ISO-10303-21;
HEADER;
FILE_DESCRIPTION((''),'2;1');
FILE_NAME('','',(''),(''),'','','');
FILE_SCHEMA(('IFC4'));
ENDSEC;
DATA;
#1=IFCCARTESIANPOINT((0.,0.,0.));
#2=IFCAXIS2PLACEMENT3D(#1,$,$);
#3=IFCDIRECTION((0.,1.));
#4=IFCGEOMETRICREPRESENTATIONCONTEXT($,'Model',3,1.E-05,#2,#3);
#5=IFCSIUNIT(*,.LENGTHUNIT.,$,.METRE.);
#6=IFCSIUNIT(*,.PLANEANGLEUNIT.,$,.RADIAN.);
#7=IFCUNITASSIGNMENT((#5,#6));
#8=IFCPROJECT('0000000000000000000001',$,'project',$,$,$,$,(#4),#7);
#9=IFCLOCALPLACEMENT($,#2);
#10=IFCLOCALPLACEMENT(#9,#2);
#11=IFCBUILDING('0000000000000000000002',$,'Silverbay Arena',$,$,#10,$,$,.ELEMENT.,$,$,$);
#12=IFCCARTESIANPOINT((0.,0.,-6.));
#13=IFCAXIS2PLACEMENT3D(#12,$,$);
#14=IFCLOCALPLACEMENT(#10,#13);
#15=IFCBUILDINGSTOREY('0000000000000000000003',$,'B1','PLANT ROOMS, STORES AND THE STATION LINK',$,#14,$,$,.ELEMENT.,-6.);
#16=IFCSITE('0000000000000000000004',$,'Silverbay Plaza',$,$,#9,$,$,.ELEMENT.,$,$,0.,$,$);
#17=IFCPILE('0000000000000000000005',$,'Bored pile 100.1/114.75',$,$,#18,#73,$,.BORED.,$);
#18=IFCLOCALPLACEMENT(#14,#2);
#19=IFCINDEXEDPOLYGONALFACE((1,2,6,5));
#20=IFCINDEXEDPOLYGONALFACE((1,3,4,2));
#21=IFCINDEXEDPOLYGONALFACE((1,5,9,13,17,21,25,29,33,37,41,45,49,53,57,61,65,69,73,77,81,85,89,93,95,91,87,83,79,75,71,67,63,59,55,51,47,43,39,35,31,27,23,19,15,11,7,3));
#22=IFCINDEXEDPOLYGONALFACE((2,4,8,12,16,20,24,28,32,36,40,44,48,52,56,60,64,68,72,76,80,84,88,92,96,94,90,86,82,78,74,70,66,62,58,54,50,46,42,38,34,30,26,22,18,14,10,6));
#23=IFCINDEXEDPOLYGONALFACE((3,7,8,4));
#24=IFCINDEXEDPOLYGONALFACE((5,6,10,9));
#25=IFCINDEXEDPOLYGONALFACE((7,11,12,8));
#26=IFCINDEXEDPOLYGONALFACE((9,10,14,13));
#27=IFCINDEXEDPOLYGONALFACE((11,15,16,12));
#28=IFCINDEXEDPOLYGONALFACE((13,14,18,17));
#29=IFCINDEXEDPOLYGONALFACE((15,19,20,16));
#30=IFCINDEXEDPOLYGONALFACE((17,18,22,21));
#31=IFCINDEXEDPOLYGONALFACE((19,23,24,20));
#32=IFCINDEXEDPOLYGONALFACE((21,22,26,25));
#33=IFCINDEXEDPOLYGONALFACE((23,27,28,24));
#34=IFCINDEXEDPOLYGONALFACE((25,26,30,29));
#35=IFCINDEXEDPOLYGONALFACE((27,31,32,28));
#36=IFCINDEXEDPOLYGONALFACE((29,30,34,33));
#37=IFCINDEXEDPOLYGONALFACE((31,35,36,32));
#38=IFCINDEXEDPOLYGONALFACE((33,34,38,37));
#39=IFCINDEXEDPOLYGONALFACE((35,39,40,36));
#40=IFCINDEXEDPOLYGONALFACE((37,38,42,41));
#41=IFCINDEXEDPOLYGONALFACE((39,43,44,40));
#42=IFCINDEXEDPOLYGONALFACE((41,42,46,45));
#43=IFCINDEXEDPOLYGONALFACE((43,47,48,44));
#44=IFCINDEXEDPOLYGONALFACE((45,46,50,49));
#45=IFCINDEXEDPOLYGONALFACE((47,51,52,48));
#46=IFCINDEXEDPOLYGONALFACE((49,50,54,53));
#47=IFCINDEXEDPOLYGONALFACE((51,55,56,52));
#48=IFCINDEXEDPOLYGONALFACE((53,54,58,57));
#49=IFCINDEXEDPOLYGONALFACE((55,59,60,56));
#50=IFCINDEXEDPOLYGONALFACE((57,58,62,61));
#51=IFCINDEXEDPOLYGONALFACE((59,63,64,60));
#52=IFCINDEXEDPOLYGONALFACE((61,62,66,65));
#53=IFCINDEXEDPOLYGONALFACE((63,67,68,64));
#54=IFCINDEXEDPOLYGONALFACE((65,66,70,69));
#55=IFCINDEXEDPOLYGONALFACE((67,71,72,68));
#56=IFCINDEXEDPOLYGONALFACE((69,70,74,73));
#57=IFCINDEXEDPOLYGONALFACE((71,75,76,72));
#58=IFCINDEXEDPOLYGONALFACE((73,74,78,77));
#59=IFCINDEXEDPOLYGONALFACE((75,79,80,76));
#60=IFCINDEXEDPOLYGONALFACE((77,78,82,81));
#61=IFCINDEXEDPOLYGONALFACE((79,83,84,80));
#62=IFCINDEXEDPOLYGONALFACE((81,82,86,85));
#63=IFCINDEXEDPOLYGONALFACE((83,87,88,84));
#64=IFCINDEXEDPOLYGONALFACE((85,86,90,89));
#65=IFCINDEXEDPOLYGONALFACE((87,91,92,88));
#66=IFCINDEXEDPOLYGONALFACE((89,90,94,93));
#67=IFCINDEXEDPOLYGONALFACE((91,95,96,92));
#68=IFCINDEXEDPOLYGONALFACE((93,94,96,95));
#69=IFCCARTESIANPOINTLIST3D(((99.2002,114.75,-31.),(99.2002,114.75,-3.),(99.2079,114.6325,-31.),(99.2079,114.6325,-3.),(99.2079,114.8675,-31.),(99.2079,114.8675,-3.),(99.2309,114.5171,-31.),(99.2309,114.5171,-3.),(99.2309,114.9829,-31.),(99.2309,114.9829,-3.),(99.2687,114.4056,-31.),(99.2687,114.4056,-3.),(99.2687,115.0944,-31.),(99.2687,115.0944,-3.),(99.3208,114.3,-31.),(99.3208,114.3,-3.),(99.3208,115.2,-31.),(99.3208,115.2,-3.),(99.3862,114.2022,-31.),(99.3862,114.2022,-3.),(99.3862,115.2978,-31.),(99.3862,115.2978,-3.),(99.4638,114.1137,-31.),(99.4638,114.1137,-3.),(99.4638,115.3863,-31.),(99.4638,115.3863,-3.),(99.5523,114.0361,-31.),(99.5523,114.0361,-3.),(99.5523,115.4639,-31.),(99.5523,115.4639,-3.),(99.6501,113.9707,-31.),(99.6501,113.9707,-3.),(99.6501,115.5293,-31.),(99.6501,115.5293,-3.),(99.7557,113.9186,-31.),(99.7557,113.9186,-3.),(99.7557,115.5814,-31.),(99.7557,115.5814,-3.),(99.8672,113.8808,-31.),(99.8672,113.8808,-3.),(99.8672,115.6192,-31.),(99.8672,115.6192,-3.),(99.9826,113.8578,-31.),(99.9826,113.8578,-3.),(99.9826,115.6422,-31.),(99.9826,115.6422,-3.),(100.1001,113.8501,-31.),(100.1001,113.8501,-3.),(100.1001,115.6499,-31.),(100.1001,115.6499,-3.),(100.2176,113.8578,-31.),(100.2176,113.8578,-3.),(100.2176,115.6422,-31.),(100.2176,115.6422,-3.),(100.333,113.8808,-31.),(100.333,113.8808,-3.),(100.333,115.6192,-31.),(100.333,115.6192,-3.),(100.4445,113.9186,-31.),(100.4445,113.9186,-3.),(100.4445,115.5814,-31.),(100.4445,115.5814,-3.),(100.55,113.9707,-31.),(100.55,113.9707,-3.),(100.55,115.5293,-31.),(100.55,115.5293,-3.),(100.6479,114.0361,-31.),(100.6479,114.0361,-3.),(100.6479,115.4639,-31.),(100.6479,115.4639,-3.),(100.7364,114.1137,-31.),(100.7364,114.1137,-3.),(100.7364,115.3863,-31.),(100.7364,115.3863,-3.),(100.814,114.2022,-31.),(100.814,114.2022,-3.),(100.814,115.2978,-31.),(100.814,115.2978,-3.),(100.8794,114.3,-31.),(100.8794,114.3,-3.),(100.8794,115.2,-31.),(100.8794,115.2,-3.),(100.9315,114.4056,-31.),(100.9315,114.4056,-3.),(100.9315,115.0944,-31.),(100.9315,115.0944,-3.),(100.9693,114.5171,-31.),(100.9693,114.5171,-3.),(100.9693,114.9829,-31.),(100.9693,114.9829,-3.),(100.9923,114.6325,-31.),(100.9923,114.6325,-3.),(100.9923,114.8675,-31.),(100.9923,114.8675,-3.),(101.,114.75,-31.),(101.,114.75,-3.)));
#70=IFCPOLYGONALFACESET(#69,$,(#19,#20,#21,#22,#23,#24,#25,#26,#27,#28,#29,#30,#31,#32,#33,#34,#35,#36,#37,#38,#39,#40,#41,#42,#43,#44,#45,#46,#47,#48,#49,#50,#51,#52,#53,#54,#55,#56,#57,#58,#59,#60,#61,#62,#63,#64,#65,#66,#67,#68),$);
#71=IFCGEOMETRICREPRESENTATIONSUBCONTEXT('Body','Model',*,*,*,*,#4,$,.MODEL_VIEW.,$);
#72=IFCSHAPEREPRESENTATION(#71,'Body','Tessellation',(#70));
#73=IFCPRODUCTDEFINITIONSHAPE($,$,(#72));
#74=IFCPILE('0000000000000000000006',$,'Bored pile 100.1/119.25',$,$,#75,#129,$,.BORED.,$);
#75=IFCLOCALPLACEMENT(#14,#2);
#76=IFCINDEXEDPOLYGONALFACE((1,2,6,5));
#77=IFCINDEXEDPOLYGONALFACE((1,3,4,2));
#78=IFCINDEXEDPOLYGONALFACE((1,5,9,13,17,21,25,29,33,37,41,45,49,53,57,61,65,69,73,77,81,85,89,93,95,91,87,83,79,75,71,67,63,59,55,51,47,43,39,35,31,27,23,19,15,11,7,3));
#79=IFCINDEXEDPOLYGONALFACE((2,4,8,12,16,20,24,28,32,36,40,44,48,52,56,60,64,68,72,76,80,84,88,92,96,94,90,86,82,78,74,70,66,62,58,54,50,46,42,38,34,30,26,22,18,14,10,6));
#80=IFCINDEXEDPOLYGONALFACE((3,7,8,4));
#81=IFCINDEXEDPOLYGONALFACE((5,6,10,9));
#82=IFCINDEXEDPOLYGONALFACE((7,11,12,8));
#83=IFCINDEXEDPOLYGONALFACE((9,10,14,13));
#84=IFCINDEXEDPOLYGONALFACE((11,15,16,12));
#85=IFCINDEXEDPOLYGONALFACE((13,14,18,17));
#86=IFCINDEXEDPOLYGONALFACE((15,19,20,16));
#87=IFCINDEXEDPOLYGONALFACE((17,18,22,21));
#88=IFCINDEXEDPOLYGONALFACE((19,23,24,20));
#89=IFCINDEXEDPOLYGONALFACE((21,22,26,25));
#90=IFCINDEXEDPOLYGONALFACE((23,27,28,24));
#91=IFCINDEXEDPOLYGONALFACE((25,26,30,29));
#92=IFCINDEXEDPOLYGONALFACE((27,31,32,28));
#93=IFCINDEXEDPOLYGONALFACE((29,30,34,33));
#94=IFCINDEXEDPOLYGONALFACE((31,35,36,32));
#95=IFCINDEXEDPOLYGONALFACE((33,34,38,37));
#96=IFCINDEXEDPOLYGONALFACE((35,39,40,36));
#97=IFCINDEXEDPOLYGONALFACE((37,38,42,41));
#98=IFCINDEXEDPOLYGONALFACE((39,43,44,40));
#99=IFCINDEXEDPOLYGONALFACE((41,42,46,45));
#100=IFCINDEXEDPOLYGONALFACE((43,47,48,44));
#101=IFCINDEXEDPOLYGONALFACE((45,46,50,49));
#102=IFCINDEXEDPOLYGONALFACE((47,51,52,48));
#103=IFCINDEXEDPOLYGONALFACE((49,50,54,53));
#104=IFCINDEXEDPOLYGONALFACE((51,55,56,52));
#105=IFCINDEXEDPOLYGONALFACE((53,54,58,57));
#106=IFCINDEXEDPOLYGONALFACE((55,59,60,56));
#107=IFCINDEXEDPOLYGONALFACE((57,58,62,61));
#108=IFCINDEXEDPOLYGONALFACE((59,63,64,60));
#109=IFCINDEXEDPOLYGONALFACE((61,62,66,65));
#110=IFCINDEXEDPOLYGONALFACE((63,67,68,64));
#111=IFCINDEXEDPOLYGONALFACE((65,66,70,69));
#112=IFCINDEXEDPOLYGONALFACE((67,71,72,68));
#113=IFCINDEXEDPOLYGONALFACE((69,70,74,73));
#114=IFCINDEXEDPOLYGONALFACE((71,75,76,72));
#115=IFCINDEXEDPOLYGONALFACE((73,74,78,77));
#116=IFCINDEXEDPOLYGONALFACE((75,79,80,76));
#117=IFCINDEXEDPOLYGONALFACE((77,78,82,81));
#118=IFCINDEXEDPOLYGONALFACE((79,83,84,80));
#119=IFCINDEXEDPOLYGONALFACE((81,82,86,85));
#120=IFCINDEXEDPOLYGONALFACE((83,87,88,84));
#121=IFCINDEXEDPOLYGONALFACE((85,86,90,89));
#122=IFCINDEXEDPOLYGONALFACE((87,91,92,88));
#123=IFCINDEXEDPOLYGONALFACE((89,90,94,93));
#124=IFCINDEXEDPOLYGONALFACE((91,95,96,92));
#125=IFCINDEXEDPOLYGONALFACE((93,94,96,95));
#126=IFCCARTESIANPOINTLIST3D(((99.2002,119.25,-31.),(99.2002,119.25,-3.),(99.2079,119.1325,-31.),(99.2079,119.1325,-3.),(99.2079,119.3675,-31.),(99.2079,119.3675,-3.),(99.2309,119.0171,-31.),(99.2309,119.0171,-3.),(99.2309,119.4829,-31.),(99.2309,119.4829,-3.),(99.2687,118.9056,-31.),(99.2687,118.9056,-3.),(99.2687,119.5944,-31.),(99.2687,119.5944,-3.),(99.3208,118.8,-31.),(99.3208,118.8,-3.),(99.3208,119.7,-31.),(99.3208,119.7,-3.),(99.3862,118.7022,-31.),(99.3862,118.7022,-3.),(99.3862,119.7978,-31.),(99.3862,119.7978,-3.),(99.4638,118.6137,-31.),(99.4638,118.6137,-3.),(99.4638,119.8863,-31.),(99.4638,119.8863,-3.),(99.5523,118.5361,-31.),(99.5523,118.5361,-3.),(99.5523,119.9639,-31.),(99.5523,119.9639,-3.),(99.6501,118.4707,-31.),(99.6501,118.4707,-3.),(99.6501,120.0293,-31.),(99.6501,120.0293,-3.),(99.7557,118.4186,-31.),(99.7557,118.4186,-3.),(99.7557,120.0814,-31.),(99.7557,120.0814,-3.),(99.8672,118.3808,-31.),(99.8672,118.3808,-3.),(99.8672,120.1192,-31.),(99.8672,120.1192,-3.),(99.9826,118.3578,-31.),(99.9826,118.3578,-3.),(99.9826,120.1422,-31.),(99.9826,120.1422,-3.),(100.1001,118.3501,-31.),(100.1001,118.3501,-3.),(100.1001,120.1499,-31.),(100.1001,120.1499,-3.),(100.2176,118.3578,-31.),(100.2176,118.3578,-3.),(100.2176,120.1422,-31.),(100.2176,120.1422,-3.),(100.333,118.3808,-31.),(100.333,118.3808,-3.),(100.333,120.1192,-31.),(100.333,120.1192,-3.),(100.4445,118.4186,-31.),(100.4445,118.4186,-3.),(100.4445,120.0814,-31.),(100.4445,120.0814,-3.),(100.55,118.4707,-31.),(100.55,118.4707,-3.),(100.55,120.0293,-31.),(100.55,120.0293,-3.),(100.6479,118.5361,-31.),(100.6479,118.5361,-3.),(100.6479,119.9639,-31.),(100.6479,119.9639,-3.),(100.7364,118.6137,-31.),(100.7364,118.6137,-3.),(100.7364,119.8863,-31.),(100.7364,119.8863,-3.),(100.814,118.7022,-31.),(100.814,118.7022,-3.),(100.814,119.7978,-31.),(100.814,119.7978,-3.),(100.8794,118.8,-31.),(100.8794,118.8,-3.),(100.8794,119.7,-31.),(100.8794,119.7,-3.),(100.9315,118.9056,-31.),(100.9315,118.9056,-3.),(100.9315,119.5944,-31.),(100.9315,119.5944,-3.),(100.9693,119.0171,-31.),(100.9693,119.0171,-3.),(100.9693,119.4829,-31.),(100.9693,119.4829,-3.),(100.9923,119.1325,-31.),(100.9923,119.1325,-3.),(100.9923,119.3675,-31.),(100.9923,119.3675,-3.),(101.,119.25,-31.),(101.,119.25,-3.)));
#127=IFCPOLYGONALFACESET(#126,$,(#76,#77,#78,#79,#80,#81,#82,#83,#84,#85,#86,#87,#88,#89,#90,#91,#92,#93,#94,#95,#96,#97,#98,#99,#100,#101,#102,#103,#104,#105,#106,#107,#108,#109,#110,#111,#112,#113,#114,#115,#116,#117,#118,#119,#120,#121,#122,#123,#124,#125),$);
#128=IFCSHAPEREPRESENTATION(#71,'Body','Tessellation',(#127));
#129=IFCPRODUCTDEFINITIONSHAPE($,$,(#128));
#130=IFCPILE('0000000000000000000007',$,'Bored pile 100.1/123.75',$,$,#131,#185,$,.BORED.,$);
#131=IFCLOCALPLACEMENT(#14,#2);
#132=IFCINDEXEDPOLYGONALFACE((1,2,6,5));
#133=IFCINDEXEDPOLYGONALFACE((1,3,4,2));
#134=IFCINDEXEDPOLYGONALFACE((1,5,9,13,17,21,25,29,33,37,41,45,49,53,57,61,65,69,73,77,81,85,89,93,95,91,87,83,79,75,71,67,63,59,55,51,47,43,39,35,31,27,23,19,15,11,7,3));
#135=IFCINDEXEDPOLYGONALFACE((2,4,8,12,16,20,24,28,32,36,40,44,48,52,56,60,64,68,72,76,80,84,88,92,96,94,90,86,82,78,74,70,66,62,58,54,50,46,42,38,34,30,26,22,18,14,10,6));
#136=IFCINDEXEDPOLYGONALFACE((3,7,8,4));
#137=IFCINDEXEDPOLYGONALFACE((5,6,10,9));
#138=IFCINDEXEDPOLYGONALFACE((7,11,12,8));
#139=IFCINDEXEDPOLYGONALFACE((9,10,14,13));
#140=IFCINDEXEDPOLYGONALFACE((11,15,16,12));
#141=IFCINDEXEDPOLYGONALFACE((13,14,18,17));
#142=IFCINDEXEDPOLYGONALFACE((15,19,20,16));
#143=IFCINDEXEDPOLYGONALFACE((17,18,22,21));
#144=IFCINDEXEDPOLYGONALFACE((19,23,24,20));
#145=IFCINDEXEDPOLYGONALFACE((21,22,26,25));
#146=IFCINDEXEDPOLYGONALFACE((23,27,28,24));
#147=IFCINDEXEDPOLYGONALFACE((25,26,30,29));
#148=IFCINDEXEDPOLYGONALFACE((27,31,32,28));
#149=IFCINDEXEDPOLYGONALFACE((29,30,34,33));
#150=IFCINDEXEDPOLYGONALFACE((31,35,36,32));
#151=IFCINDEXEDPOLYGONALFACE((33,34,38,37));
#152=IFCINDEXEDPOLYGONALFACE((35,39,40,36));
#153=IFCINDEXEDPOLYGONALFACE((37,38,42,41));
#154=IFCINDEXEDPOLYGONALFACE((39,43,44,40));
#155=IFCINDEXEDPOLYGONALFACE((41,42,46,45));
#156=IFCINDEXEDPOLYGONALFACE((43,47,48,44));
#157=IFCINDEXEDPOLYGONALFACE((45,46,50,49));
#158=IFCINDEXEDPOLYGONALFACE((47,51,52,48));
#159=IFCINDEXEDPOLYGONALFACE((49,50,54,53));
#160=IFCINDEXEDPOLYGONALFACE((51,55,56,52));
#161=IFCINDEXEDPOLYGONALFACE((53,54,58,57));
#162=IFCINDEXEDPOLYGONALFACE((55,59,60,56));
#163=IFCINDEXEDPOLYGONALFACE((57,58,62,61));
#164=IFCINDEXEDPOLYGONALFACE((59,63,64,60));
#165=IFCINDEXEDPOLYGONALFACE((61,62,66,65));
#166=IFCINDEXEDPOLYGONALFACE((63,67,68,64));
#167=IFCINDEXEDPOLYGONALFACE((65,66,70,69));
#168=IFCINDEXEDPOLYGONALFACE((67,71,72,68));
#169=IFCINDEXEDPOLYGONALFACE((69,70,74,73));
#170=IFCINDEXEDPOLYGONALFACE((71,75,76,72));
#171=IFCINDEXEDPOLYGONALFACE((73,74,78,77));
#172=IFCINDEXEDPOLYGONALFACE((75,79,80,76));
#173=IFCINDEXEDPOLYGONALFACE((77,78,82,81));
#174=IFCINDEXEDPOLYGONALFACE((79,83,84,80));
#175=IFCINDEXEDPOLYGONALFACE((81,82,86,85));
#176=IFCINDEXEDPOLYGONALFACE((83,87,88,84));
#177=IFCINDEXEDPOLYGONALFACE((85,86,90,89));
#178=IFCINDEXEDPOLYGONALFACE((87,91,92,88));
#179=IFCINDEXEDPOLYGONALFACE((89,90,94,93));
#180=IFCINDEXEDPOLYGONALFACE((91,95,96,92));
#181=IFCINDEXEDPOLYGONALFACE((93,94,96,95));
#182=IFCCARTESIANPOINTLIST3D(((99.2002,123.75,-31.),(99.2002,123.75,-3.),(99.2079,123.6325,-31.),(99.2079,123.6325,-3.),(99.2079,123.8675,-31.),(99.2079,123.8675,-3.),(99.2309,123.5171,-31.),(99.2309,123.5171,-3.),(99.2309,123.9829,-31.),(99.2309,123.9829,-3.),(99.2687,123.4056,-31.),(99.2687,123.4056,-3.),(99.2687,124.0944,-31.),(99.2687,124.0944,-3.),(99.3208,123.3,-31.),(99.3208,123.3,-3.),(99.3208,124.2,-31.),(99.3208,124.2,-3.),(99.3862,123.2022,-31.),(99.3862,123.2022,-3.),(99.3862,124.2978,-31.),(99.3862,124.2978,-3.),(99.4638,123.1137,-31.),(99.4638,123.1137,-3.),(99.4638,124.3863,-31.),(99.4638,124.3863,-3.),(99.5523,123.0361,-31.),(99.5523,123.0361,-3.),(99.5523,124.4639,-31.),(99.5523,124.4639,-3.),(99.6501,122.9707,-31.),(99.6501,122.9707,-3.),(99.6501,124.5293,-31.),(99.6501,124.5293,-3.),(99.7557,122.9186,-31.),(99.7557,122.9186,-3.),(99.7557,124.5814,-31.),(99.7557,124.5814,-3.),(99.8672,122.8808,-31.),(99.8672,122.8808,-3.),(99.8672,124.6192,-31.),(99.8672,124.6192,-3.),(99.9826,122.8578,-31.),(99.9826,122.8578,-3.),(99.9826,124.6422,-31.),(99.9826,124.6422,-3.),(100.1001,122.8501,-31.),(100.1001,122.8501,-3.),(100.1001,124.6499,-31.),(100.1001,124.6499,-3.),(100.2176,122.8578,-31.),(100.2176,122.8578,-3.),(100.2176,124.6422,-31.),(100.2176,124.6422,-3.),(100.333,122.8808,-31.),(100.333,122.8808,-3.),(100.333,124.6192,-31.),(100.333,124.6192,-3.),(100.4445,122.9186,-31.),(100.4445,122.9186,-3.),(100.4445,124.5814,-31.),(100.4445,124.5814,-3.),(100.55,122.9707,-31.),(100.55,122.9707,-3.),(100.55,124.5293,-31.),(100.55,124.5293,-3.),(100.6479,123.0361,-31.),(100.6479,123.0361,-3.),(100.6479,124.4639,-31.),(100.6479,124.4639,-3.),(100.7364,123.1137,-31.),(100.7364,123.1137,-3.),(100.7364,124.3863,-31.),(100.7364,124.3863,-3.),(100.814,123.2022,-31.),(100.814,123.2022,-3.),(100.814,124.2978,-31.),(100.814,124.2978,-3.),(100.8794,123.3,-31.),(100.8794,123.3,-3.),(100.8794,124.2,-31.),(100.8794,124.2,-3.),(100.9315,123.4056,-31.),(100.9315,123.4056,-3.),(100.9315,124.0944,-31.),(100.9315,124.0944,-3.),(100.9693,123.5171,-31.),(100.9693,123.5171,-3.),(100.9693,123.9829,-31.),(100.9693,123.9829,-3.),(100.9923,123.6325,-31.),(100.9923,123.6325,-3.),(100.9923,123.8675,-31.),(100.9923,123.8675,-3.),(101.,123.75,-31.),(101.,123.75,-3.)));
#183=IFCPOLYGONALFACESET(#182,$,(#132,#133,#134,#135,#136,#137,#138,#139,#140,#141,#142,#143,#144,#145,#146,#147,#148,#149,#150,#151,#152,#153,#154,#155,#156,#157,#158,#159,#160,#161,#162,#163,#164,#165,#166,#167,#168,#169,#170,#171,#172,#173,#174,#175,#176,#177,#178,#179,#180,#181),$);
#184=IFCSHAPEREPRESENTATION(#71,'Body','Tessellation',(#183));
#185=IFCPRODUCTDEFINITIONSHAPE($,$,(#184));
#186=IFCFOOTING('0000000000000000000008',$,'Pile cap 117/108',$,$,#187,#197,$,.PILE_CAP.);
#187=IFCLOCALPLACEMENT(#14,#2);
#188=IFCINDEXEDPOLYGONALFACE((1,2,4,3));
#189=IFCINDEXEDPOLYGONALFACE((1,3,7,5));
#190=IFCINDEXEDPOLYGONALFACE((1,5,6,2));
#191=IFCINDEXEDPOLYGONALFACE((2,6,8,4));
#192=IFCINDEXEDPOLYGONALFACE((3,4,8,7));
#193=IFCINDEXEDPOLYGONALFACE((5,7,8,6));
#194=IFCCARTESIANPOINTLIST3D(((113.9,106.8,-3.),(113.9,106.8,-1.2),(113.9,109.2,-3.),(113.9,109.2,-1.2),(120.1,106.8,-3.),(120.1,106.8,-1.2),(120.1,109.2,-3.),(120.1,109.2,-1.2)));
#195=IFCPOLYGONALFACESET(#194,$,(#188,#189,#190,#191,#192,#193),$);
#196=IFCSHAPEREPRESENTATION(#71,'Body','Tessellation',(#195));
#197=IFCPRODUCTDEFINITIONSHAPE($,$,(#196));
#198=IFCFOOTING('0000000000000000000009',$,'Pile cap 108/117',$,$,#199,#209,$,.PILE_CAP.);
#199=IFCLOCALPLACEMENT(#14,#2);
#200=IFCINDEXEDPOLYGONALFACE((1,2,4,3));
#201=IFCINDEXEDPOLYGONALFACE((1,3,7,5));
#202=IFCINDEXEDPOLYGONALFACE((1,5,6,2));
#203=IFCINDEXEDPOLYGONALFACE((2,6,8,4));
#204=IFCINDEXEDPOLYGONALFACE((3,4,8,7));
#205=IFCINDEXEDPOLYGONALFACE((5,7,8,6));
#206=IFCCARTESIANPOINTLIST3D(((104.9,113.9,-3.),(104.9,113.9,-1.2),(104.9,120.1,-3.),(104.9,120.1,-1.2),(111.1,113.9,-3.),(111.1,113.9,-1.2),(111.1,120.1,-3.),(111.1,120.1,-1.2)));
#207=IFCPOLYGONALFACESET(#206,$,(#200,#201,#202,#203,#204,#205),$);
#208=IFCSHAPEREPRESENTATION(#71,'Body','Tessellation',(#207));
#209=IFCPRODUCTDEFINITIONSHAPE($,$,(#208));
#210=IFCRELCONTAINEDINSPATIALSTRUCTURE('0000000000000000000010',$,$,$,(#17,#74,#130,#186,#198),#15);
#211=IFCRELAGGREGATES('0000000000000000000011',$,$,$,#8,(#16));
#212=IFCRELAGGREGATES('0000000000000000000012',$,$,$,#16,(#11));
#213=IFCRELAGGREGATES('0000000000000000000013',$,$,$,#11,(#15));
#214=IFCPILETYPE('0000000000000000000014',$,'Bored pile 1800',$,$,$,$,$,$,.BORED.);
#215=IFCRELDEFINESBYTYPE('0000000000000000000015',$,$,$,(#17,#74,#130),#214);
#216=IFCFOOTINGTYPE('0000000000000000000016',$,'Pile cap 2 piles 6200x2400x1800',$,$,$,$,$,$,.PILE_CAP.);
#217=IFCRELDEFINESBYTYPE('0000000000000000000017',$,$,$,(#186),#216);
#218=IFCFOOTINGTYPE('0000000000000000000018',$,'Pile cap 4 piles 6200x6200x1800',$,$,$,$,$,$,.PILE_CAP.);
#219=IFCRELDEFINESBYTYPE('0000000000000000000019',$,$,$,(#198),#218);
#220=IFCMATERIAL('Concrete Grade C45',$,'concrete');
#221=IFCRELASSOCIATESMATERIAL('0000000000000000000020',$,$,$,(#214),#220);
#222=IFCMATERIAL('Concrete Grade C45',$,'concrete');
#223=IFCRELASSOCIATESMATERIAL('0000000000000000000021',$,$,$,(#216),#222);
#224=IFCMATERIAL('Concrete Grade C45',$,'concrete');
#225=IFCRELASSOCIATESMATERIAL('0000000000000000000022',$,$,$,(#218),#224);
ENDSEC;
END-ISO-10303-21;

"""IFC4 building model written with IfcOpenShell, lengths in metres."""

from ifc_helpers import new_model, si_unit, direction, frame, origin, origin_2d, place, context, subcontext, project, spatial, rectangle, circle, extrude, material, material_profile, profile_set, type_object, element, save


model = new_model("IFC4")

# Units and contexts
model_context = context("Model", 3, precision=1e-05, world=origin(), true_north=direction((0.0, 1.0)))
body_context = subcontext(model_context, "Body", "Model", "MODEL_VIEW")
ifc_project = project(units=[si_unit("LENGTHUNIT", "METRE"), si_unit("PLANEANGLEUNIT", "RADIAN")], contexts=[model_context])

# Site, building, storey
site_placement = place(None, origin())
site = spatial("IfcSite", under=ifc_project, at=site_placement, Name="Silverbay Plaza", CompositionType="ELEMENT", RefElevation=0.0)
building_placement = place(site_placement, origin())
building = spatial("IfcBuilding", under=site, at=building_placement, Name="Silverbay Arena", CompositionType="ELEMENT")
storey_placement = place(building_placement, frame((0.0, 0.0, -6.0)))
storey = spatial("IfcBuildingStorey", under=building, at=storey_placement, Name="B1", Description="PLANT ROOMS, STORES AND THE STATION LINK", CompositionType="ELEMENT", Elevation=-6.0)

# Piles
ifc_material_1 = material(Name="Concrete Grade C45", Category="concrete")
ifc_material_profile_1 = material_profile(ifc_material_1, circle(Radius=0.8999, at=origin_2d()), Name="Bored pile 1800")
ifc_profile_set_1 = profile_set([ifc_material_profile_1], Name="Concrete Grade C45")
pile_type_1 = type_object("IfcPileType", Name="Bored pile 1800", PredefinedType="BORED", material=ifc_profile_set_1)
for number, where, z_axis, x_axis, name in (
    (1, (100.1001, 114.75, -3.0), (0.0, 0.0, -1.0), (1.0, 0.0, 0.0), "Bored pile 100.1/114.75"),
    (2, (100.1001, 119.25, -3.0), (0.0, 0.0, -1.0), (1.0, 0.0, 0.0), "Bored pile 100.1/119.25"),
    (3, (100.1001, 123.75, -3.0), (0.0, 0.0, -1.0), (1.0, 0.0, 0.0), "Bored pile 100.1/123.75"),
):
    element("IfcPile", number, at=place(storey_placement, frame(where, z_axis=z_axis, x_axis=x_axis)), inside=storey, type_object=pile_type_1, Name=name, PredefinedType="BORED", context=body_context, shape_type="SweptSolid", body=[
        extrude(circle(Radius=0.8999, at=origin_2d()), origin(), (0.0, 0.0, 1.0), 28.0),
    ])

# Footings
ifc_material_2 = material(Name="Concrete Grade C45", Category="concrete")
footing_type_1 = type_object("IfcFootingType", Name="Pile cap 2 piles 6200x2400x1800", PredefinedType="PILE_CAP", material=ifc_material_2)
footing_placement = place(storey_placement, frame((117.0, 108.0, -3.0), z_axis=(0.0, 0.0, 1.0), x_axis=(1.0, 0.0, 0.0)))
element("IfcFooting", 4, at=footing_placement, inside=storey, type_object=footing_type_1, Name="Pile cap 117/108", PredefinedType="PILE_CAP", context=body_context, shape_type="SweptSolid", body=[
    extrude(rectangle(XDim=6.2, YDim=2.3999, at=origin_2d()), origin(), (0.0, 0.0, 1.0), 1.8),
])
ifc_material_3 = material(Name="Concrete Grade C45", Category="concrete")
footing_type_2 = type_object("IfcFootingType", Name="Pile cap 4 piles 6200x6200x1800", PredefinedType="PILE_CAP", material=ifc_material_3)
for number, where, z_axis, x_axis, name in (
    (5, (108.0, 117.0, -3.0), (0.0, 0.0, 1.0), (1.0, 0.0, 0.0), "Pile cap 108/117"),
):
    element("IfcFooting", number, at=place(storey_placement, frame(where, z_axis=z_axis, x_axis=x_axis)), inside=storey, type_object=footing_type_2, Name=name, PredefinedType="PILE_CAP", context=body_context, shape_type="SweptSolid", body=[
        extrude(rectangle(XDim=6.2, YDim=6.2, at=origin_2d()), origin(), (0.0, 0.0, 1.0), 1.8),
    ])

save(model, "model.ifc")
